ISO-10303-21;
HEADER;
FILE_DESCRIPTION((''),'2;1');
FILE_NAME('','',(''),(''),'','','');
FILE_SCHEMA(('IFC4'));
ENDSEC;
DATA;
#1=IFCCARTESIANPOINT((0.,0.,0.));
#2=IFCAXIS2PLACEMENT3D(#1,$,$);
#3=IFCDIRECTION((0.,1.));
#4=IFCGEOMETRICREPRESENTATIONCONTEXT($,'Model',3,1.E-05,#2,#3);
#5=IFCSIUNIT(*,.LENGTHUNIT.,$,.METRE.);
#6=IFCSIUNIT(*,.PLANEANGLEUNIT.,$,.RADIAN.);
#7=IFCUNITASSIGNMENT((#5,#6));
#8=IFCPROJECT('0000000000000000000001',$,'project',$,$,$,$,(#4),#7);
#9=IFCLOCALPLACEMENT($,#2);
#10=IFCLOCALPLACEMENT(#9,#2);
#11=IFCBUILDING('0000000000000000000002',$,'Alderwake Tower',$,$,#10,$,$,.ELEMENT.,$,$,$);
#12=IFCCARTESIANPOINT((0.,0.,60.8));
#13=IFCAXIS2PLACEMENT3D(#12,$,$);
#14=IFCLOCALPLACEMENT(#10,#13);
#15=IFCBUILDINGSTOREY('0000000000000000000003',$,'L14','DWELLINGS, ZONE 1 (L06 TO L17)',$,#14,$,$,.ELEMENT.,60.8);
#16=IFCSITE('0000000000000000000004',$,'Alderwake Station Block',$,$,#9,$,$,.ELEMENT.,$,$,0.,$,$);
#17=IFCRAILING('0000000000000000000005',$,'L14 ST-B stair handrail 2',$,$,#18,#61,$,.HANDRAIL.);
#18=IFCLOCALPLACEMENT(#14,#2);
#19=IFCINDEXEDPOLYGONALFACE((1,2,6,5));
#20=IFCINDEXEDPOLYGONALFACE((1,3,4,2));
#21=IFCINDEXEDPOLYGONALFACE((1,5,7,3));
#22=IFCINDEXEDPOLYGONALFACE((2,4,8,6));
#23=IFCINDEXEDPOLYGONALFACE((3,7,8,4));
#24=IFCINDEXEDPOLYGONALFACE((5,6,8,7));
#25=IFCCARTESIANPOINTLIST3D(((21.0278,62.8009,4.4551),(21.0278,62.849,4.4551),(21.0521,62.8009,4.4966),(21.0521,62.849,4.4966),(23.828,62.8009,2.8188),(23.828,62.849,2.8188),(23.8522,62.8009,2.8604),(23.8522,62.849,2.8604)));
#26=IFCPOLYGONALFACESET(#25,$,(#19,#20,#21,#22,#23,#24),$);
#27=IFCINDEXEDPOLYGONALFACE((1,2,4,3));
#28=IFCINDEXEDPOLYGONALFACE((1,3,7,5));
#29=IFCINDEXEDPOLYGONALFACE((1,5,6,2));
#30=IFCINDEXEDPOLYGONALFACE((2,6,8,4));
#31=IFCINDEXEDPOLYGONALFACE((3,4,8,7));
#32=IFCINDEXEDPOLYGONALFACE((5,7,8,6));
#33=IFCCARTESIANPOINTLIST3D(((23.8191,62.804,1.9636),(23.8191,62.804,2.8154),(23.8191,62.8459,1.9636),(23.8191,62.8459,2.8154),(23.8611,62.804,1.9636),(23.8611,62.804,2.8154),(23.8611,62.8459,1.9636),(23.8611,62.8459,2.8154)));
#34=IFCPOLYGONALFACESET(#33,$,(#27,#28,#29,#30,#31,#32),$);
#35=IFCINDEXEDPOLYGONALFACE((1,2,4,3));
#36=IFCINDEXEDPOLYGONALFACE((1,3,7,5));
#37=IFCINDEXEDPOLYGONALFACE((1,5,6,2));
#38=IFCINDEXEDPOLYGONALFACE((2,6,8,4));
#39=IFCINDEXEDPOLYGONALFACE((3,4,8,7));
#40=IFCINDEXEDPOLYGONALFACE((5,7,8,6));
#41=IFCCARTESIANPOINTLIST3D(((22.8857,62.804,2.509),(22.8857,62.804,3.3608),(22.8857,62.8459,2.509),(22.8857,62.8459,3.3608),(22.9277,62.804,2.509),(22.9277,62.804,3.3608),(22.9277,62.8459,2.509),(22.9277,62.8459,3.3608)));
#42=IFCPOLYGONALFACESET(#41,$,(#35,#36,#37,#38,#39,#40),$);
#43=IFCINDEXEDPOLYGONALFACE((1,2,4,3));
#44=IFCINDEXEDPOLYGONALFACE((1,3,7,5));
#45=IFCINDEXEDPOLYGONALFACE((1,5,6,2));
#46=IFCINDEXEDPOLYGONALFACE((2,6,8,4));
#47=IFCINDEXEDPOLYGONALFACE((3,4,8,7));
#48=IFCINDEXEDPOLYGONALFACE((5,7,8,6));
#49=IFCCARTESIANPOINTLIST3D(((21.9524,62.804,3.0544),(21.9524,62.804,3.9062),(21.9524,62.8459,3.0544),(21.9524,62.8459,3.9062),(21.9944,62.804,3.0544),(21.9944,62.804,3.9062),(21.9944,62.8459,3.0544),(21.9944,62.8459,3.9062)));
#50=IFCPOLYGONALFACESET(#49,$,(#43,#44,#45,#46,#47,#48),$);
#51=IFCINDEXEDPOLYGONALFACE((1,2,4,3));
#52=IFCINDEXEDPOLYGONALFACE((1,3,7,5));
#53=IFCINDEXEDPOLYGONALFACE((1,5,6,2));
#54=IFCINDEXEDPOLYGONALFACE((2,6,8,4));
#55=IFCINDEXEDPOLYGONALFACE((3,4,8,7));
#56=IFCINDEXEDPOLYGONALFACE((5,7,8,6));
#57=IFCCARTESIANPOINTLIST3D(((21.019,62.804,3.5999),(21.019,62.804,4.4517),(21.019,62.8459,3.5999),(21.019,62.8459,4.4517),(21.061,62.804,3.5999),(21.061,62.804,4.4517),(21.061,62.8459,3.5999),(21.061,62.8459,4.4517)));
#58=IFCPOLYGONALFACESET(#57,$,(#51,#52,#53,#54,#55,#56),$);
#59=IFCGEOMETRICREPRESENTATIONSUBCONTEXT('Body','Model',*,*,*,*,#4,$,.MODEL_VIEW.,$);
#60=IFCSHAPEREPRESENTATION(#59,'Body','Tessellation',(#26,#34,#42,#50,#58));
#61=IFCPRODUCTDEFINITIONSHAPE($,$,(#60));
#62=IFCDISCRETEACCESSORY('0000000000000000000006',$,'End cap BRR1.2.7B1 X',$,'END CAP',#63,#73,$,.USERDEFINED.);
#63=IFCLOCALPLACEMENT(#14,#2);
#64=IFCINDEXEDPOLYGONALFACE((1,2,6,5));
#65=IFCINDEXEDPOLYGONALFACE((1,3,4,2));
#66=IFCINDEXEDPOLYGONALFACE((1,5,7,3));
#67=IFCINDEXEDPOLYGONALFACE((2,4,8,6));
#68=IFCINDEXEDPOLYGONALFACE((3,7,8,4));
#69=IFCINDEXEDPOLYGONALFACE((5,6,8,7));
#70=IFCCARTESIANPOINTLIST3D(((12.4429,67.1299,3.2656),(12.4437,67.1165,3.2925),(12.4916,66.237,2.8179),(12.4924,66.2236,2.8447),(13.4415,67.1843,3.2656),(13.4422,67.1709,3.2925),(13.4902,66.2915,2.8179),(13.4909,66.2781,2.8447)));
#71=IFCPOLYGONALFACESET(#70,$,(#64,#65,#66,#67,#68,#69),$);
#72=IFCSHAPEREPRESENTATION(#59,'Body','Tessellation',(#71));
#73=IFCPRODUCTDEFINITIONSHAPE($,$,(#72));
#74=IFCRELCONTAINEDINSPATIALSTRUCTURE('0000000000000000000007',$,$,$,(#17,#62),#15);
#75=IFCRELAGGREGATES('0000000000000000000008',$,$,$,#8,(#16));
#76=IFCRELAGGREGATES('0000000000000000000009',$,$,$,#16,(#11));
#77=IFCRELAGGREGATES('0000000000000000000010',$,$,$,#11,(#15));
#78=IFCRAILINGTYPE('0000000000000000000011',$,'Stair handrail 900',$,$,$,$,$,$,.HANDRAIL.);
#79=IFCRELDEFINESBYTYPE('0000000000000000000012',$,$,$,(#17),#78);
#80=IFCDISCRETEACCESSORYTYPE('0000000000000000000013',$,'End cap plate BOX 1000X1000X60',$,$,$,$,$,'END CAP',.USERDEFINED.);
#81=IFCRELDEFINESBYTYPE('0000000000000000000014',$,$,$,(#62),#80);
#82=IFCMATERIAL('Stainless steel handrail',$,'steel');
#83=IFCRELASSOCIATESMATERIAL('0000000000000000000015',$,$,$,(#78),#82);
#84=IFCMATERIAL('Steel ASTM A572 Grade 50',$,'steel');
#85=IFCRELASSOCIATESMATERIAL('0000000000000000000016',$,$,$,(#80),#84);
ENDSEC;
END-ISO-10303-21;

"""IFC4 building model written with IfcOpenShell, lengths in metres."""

from ifc_helpers import new_model, si_unit, direction, frame, origin, origin_2d, place, context, subcontext, project, spatial, rectangle, extrude, material, material_profile, profile_set, type_object, element, save


model = new_model("IFC4")

# Units and contexts
model_context = context("Model", 3, precision=1e-05, world=origin(), true_north=direction((0.0, 1.0)))
body_context = subcontext(model_context, "Body", "Model", "MODEL_VIEW")
ifc_project = project(units=[si_unit("LENGTHUNIT", "METRE"), si_unit("PLANEANGLEUNIT", "RADIAN")], contexts=[model_context])

# Site, building, storey
site_placement = place(None, origin())
site = spatial("IfcSite", under=ifc_project, at=site_placement, Name="Alderwake Station Block", CompositionType="ELEMENT", RefElevation=0.0)
building_placement = place(site_placement, origin())
building = spatial("IfcBuilding", under=site, at=building_placement, Name="Alderwake Tower", CompositionType="ELEMENT")
storey_placement = place(building_placement, frame((0.0, 0.0, 60.8)))
storey = spatial("IfcBuildingStorey", under=building, at=storey_placement, Name="L14", Description="DWELLINGS, ZONE 1 (L06 TO L17)", CompositionType="ELEMENT", Elevation=60.8)

# Railing
ifc_material_1 = material(Name="Stainless steel handrail", Category="steel")
railing_type_1 = type_object("IfcRailingType", Name="Stair handrail 900", PredefinedType="HANDRAIL", material=ifc_material_1)
railing_1_placement = place(storey_placement, frame((23.8401, 62.825, 1.9636)))
element("IfcRailing", 1, at=railing_1_placement, inside=storey, type_object=railing_type_1, Name="L14 ST-B stair handrail 2", PredefinedType="HANDRAIL", context=body_context, shape_type="SweptSolid", body=[
    extrude(rectangle(XDim=0.0481, YDim=0.0481, at=origin_2d()), frame((0.0, 0.0, 0.876), z_axis=(-0.863394, 0.0, 0.504531), x_axis=(0.0, -1.0, 0.0)), (0.0, 0.0, 1.0), 3.2432),
    extrude(rectangle(XDim=0.042, YDim=0.042, at=origin_2d()), frame((0.0, 0.0, 0.0), z_axis=(0.0, 0.0, 1.0), x_axis=(-1.0, 0.0, 0.0)), (0.0, 0.0, 1.0), 0.8518),
    extrude(rectangle(XDim=0.042, YDim=0.042, at=origin_2d()), frame((-0.9333, 0.0, 0.5454), z_axis=(0.0, 0.0, 1.0), x_axis=(-1.0, 0.0, 0.0)), (0.0, 0.0, 1.0), 0.8518),
    extrude(rectangle(XDim=0.042, YDim=0.042, at=origin_2d()), frame((-1.8667, 0.0, 1.0908), z_axis=(0.0, 0.0, 1.0), x_axis=(-1.0, 0.0, 0.0)), (0.0, 0.0, 1.0), 0.8518),
    extrude(rectangle(XDim=0.042, YDim=0.042, at=origin_2d()), frame((-2.8, 0.0, 1.6362), z_axis=(0.0, 0.0, 1.0), x_axis=(-1.0, 0.0, 0.0)), (0.0, 0.0, 1.0), 0.8518),
])

# Discrete accessory
ifc_material_2 = material(Name="Steel ASTM A572 Grade 50", Category="steel")
ifc_material_profile_1 = material_profile(ifc_material_2, rectangle(XDim=1.0, YDim=1.0, at=origin_2d()), Name="BOX 1000X1000X60 cap")
ifc_profile_set_1 = profile_set([ifc_material_profile_1], Name="Steel ASTM A572 Grade 50")
discrete_accessory_type = type_object("IfcDiscreteAccessoryType", Name="End cap plate BOX 1000X1000X60", ElementType="END CAP", PredefinedType="USERDEFINED", material=ifc_profile_set_1)
discrete_accessory_placement = place(storey_placement, frame((12.9666, 66.7107, 3.0417), z_axis=(0.024386, -0.447081, 0.894161), x_axis=(0.998516, 0.054464, 0.0)))
element("IfcDiscreteAccessory", 2, at=discrete_accessory_placement, inside=storey, type_object=discrete_accessory_type, Name="End cap BRR1.2.7B1 X", ObjectType="END CAP", PredefinedType="USERDEFINED", context=body_context, shape_type="SweptSolid", body=[
    extrude(rectangle(XDim=1.0, YDim=1.0, at=origin_2d()), origin(), (0.0, 0.0, 1.0), 0.03),
])

save(model, "model.ifc")
